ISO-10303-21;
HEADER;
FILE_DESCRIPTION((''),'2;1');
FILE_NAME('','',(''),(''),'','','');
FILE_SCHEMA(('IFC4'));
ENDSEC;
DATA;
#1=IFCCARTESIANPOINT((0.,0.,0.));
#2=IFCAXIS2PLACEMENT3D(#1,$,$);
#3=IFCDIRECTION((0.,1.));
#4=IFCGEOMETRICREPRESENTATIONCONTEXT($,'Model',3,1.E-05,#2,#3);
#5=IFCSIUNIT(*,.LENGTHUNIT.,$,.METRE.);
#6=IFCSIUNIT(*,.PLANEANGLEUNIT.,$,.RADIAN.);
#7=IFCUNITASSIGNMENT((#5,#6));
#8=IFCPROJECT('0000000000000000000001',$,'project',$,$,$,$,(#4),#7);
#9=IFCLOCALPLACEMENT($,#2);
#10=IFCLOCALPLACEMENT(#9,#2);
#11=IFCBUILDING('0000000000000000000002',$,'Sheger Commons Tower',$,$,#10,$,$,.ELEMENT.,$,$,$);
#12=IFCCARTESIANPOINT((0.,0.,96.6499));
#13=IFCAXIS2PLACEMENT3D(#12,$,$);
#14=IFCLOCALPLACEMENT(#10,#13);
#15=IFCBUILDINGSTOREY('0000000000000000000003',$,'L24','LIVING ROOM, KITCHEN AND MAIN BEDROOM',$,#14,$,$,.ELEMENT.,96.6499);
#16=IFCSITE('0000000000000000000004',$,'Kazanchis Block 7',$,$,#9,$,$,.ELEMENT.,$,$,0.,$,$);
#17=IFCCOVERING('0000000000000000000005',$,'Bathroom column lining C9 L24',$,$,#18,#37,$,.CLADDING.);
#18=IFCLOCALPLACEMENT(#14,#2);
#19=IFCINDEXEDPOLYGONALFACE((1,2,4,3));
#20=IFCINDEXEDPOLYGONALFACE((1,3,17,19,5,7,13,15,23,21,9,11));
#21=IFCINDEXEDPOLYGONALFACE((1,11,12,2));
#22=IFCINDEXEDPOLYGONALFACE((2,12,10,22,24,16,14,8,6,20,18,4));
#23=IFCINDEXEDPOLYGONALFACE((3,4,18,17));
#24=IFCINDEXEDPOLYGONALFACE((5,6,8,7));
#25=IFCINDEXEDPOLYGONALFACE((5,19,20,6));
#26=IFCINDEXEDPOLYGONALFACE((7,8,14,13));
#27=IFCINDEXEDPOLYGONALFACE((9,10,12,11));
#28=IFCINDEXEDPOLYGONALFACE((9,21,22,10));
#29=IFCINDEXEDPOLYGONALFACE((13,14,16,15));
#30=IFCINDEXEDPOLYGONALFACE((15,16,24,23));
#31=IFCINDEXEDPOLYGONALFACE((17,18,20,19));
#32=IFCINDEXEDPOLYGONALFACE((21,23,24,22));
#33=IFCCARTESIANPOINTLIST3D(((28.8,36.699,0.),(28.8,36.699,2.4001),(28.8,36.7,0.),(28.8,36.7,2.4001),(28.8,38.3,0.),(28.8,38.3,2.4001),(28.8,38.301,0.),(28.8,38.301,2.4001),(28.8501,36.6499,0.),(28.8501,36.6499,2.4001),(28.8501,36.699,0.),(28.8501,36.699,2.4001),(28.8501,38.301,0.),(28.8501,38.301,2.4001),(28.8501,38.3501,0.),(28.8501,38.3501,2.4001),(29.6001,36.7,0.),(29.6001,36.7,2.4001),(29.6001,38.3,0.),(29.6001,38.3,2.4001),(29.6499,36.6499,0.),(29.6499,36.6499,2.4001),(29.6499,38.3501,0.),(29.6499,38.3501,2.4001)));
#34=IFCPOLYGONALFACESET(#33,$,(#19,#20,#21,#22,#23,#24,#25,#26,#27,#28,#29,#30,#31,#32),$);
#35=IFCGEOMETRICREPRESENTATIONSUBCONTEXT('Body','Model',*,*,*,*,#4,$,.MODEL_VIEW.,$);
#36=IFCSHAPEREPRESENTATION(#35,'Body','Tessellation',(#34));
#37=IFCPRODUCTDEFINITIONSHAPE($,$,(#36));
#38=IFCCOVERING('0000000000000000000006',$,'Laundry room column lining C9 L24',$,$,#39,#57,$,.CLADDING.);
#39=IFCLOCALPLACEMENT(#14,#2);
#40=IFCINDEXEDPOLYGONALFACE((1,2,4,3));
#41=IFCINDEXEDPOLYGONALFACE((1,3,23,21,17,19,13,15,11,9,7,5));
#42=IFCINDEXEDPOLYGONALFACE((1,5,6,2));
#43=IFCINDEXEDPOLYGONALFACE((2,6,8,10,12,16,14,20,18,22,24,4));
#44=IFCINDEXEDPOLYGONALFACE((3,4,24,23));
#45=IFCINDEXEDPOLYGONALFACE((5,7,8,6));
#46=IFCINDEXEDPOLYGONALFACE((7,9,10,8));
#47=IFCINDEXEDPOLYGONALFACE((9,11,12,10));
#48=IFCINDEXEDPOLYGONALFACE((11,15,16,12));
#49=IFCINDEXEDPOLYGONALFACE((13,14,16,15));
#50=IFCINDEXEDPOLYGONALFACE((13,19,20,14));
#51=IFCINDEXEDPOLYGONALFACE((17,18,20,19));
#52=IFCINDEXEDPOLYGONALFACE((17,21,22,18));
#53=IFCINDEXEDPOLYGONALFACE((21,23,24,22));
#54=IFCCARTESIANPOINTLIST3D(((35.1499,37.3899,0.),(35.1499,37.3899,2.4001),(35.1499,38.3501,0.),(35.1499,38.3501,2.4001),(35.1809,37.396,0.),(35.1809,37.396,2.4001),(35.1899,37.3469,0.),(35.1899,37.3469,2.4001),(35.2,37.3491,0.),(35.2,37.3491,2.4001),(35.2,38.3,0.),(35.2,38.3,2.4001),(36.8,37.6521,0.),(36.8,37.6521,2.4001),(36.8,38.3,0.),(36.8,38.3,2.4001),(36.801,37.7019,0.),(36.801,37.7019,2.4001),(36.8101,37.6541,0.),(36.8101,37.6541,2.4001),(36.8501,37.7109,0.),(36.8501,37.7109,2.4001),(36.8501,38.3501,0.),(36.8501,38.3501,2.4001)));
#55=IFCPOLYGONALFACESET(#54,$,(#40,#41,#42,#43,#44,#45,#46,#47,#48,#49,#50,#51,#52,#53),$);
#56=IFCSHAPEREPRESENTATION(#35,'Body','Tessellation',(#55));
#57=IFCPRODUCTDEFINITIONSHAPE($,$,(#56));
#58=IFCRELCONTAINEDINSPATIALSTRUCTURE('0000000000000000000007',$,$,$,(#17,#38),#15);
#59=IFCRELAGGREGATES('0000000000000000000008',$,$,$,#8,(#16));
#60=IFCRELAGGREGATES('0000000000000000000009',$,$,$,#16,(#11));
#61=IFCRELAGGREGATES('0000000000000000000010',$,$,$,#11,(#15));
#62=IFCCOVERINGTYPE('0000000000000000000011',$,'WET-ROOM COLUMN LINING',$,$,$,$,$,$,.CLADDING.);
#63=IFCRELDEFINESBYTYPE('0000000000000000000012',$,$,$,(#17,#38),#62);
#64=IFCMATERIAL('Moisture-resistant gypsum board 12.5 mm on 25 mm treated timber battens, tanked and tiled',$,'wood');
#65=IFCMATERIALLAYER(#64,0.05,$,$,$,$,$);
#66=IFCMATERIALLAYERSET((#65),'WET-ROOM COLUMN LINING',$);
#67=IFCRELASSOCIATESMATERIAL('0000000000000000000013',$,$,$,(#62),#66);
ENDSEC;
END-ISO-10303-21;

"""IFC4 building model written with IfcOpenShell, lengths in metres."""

from ifc_helpers import new_model, si_unit, direction, frame, origin, place, context, subcontext, project, spatial, polyline, outline, extrude, material, layer, layer_set, type_object, element, save


model = new_model("IFC4")

# Units and contexts
model_context = context("Model", 3, precision=1e-05, world=origin(), true_north=direction((0.0, 1.0)))
body_context = subcontext(model_context, "Body", "Model", "MODEL_VIEW")
ifc_project = project(units=[si_unit("LENGTHUNIT", "METRE"), si_unit("PLANEANGLEUNIT", "RADIAN")], contexts=[model_context])

# Site, building, storey
site_placement = place(None, origin())
site = spatial("IfcSite", under=ifc_project, at=site_placement, Name="Kazanchis Block 7", CompositionType="ELEMENT", RefElevation=0.0)
building_placement = place(site_placement, origin())
building = spatial("IfcBuilding", under=site, at=building_placement, Name="Sheger Commons Tower", CompositionType="ELEMENT")
storey_placement = place(building_placement, frame((0.0, 0.0, 96.6499)))
storey = spatial("IfcBuildingStorey", under=building, at=storey_placement, Name="L24", Description="LIVING ROOM, KITCHEN AND MAIN BEDROOM", CompositionType="ELEMENT", Elevation=96.6499)

# Coverings
ifc_material_1 = material(Name="Moisture-resistant gypsum board 12.5 mm on 25 mm treated timber battens, tanked and tiled", Category="wood")
ifc_layer_1 = layer(ifc_material_1, 0.05)
ifc_layer_set_1 = layer_set([ifc_layer_1], Name="WET-ROOM COLUMN LINING")
covering_type_1 = type_object("IfcCoveringType", Name="WET-ROOM COLUMN LINING", PredefinedType="CLADDING", material=ifc_layer_set_1)
covering_1_placement = place(storey_placement, origin())
element("IfcCovering", 1, at=covering_1_placement, inside=storey, type_object=covering_type_1, Name="Bathroom column lining C9 L24", PredefinedType="CLADDING", context=body_context, shape_type="SweptSolid", body=[
    extrude(outline(polyline([(29.6499, 36.6499), (28.8501, 36.6499), (28.8501, 36.699), (28.8, 36.699), (28.8, 36.7), (29.6001, 36.7), (29.6001, 38.3), (28.8, 38.3), (28.8, 38.301), (28.8501, 38.301), (28.8501, 38.3501), (29.6499, 38.3501), (29.6499, 36.6499)])), origin(), (0.0, 0.0, 1.0), 2.4001),
])
covering_2_placement = place(storey_placement, origin())
element("IfcCovering", 2, at=covering_2_placement, inside=storey, type_object=covering_type_1, Name="Laundry room column lining C9 L24", PredefinedType="CLADDING", context=body_context, shape_type="SweptSolid", body=[
    extrude(outline(polyline([(36.8501, 38.3501), (36.8501, 37.7109), (36.801, 37.7019), (36.8101, 37.6541), (36.8, 37.6521), (36.8, 38.3), (35.2, 38.3), (35.2, 37.3491), (35.1899, 37.3469), (35.1809, 37.396), (35.1499, 37.3899), (35.1499, 38.3501), (36.8501, 38.3501)])), origin(), (0.0, 0.0, 1.0), 2.4001),
])

save(model, "model.ifc")
